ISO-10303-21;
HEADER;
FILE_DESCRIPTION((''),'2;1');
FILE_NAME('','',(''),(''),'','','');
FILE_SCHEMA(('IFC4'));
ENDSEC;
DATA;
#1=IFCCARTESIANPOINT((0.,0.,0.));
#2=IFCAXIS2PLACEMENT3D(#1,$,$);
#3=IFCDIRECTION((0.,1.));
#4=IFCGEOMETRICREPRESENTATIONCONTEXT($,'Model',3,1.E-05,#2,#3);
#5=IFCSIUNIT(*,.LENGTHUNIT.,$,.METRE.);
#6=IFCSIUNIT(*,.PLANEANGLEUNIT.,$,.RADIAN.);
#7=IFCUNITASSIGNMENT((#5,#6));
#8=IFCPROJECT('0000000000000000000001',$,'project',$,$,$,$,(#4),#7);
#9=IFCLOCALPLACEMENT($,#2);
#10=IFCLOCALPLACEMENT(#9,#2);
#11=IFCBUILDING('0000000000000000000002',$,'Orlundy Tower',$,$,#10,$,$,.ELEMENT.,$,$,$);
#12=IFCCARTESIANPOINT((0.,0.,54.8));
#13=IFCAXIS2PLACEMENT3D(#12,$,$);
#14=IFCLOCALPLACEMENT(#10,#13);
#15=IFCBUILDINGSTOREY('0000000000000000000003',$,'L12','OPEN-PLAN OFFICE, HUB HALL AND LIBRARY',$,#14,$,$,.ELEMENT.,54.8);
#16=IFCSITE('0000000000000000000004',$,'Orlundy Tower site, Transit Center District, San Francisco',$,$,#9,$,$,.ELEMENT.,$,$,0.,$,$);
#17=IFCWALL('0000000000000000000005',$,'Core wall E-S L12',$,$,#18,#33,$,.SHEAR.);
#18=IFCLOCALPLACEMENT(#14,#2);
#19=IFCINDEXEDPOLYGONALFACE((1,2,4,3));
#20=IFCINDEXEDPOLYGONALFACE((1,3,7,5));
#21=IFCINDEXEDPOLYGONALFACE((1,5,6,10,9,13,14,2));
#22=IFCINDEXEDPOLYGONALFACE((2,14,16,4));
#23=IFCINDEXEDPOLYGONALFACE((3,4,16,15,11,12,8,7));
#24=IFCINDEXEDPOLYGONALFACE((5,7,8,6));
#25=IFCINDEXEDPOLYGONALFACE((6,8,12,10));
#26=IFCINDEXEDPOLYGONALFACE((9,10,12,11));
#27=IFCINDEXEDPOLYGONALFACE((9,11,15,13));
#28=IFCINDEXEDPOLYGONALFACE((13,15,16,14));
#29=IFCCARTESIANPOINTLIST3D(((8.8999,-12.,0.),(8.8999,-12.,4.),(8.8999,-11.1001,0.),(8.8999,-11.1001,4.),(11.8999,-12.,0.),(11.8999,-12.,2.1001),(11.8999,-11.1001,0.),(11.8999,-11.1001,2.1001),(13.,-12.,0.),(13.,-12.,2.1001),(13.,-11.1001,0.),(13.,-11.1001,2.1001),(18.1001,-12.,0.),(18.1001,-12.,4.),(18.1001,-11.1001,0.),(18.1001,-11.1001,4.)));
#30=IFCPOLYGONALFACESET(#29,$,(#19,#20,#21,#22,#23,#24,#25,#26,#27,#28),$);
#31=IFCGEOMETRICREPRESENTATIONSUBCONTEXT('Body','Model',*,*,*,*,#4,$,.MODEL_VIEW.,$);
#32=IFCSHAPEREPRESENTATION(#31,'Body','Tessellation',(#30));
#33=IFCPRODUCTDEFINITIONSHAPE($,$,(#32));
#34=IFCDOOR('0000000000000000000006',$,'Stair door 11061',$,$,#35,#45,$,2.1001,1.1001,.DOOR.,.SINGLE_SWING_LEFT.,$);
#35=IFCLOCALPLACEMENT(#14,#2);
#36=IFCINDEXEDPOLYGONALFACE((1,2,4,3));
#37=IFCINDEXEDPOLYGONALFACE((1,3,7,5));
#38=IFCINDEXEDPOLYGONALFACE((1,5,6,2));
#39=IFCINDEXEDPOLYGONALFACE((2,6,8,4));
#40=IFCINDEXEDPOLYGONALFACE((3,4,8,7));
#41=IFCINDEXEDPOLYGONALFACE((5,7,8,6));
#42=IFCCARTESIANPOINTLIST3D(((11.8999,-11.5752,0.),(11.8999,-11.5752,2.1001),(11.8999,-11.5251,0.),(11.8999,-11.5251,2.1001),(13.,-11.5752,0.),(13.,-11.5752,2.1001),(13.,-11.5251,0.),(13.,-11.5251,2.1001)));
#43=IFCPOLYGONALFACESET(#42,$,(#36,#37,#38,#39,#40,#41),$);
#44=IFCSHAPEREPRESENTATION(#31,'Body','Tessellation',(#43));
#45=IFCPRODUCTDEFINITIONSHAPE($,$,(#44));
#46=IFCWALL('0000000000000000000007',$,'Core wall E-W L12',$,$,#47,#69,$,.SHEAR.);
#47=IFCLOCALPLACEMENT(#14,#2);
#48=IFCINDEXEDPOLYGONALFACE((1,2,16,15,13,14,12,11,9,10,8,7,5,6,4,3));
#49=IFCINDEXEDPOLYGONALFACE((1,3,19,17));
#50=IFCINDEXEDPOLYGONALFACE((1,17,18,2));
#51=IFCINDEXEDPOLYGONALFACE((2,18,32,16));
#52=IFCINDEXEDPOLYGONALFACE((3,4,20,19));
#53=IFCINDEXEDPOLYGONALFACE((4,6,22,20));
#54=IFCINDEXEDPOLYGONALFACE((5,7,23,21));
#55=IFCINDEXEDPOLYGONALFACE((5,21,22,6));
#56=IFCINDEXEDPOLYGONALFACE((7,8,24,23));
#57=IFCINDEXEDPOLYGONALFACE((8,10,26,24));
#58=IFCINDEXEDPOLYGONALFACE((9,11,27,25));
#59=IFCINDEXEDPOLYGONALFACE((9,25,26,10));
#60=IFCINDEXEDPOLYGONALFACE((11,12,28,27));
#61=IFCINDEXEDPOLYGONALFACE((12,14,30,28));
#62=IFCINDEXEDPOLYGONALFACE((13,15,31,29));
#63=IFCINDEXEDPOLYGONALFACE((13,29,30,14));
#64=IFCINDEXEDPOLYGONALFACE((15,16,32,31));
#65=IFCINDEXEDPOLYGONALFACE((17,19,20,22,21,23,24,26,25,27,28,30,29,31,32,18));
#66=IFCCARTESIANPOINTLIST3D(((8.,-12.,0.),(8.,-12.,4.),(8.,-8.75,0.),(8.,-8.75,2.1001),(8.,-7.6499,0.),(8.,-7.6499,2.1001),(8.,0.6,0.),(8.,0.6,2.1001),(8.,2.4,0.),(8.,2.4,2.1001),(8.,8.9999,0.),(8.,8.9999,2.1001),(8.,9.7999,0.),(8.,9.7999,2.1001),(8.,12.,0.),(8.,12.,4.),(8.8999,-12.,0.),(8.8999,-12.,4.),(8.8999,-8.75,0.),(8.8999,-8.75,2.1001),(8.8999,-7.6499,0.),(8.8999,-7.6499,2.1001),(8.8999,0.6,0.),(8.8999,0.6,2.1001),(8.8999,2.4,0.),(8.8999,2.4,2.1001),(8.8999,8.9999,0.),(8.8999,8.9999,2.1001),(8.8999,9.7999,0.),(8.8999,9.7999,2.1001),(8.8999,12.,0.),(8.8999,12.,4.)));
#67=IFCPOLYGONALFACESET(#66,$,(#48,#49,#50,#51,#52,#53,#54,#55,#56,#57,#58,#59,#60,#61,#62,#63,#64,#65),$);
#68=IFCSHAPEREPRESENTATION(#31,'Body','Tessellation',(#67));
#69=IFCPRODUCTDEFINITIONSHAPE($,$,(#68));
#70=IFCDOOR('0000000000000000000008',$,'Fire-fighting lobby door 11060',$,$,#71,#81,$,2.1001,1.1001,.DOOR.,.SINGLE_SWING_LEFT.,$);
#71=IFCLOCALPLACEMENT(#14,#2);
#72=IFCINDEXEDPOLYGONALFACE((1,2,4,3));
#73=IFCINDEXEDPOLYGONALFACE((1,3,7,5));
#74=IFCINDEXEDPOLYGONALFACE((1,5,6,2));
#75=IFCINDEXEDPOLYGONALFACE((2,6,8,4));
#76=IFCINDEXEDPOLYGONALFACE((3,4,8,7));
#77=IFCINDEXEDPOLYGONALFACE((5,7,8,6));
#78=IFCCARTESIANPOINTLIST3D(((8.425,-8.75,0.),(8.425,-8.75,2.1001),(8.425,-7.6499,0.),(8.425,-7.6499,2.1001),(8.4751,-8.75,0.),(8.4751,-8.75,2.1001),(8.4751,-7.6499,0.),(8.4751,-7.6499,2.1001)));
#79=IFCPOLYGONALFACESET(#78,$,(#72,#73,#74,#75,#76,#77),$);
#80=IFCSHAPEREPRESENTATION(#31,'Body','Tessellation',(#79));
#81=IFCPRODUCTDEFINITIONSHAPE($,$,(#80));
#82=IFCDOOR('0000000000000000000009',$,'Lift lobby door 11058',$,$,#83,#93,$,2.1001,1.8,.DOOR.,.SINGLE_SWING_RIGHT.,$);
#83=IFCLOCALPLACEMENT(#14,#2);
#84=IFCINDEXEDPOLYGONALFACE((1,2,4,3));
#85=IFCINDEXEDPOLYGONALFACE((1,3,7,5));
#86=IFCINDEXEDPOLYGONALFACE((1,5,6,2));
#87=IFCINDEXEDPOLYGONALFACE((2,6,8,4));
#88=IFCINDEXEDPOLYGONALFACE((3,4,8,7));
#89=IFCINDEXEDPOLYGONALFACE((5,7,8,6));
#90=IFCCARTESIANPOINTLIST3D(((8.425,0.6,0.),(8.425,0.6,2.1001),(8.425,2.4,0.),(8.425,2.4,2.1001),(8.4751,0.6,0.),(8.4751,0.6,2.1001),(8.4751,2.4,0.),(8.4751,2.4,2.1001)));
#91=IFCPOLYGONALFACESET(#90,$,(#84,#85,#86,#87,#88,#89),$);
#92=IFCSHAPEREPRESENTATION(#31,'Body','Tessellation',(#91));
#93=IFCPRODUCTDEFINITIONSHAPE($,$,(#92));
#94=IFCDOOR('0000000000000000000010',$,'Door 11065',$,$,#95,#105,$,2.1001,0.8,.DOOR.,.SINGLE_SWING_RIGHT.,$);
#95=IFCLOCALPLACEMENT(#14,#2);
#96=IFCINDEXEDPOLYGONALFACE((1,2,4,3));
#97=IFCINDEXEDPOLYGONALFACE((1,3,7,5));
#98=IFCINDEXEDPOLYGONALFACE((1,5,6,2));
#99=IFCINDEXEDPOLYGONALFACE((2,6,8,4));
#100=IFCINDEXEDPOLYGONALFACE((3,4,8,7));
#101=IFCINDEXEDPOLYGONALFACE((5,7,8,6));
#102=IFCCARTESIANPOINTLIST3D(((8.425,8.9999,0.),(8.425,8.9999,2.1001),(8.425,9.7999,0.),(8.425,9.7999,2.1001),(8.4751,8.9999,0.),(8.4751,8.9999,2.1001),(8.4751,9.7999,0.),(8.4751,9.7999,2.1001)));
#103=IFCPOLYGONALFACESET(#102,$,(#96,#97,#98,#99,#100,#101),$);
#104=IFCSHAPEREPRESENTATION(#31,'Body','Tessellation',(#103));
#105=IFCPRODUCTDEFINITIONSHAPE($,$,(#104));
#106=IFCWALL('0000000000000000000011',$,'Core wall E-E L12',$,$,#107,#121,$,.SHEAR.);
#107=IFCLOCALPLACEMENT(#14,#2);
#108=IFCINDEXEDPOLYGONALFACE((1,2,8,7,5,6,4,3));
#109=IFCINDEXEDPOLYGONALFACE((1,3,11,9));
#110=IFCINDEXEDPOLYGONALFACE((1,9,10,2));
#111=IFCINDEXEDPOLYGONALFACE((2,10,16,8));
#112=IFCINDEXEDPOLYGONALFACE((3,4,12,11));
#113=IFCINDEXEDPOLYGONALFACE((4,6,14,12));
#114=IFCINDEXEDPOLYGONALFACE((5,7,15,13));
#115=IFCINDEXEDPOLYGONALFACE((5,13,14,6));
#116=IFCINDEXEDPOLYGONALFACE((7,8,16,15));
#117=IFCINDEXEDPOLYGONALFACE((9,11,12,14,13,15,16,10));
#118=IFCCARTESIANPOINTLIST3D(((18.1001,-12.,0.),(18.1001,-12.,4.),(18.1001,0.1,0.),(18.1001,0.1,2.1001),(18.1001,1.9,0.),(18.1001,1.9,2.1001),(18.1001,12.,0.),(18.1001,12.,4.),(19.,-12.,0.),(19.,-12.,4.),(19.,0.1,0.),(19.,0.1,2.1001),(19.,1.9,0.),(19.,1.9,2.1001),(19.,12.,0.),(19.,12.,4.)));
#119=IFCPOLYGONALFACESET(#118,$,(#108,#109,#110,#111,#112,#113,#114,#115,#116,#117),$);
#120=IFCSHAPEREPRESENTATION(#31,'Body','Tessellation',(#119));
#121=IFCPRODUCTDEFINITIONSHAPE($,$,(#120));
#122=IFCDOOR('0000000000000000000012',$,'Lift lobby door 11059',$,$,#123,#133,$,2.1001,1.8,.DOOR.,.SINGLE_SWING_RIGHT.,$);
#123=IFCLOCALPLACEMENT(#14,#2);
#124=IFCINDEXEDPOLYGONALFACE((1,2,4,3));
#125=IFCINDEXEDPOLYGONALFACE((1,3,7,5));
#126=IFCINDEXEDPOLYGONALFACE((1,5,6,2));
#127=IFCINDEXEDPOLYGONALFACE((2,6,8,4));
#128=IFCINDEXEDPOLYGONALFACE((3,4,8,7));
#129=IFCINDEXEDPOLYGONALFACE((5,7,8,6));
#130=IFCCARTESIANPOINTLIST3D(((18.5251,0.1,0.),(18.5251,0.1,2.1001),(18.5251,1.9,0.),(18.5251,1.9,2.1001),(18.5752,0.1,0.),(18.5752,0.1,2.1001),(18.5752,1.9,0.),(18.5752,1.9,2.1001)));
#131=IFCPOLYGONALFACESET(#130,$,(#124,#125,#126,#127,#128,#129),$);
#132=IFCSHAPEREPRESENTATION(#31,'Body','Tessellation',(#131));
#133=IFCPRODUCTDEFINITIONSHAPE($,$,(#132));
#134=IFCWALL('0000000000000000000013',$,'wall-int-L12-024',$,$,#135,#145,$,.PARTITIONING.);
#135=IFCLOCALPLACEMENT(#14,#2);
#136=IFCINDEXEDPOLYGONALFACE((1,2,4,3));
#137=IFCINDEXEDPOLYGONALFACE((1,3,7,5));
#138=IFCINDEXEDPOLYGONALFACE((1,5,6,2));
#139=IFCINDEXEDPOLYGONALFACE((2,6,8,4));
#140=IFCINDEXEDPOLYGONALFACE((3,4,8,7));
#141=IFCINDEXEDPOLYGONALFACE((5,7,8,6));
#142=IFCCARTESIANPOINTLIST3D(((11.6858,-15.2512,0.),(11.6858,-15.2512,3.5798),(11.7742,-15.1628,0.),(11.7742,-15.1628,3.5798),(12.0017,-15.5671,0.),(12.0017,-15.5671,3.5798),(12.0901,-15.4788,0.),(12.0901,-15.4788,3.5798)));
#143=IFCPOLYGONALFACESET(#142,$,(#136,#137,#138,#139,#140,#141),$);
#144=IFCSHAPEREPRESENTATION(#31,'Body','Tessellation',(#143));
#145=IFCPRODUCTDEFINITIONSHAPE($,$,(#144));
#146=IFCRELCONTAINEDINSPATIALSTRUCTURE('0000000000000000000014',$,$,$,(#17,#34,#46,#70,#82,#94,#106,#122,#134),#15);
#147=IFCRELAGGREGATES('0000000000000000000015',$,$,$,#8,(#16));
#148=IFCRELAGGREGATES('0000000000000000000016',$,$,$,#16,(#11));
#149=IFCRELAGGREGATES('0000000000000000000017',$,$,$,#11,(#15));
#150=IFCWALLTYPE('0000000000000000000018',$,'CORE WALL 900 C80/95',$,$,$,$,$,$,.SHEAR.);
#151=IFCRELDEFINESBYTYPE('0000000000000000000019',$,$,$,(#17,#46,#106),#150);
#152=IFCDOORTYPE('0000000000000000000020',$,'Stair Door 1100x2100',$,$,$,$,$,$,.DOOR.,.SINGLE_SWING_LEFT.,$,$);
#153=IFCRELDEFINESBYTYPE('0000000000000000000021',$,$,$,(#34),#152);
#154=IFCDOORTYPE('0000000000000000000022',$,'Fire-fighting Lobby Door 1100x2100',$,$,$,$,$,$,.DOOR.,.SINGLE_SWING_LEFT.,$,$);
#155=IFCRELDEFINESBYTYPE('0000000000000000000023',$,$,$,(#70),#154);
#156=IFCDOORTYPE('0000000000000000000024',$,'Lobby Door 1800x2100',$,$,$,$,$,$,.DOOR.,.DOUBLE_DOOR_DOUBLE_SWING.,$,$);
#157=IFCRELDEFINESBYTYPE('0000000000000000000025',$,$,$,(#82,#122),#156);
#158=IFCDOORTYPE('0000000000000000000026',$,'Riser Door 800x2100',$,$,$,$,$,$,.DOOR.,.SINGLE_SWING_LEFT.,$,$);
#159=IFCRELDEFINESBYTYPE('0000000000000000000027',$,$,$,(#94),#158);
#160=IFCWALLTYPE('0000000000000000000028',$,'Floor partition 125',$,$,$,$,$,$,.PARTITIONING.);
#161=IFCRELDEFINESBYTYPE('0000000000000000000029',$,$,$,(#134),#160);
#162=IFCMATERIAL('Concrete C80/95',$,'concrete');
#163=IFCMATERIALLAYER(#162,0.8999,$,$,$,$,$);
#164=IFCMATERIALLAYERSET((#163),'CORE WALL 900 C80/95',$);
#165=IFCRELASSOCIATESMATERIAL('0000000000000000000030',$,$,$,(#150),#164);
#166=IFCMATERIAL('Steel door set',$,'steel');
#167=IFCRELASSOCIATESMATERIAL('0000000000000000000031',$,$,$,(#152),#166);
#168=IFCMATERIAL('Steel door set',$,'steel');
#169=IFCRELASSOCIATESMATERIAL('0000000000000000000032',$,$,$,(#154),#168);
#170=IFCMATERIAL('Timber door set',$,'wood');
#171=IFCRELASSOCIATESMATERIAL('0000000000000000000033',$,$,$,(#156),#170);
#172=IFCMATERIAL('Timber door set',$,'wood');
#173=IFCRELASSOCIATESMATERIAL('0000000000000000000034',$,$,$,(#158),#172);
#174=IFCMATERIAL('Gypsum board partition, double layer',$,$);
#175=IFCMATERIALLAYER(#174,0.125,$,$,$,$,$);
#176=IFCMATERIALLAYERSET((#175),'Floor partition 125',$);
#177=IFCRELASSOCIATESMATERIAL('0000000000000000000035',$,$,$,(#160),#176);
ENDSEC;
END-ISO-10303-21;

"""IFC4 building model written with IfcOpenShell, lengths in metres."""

from ifc_helpers import new_model, si_unit, direction, frame, frame_2d, origin, place, context, subcontext, project, spatial, rectangle, extrude, material, layer, layer_set, type_object, element, fill, save


model = new_model("IFC4")

# Units and contexts
model_context = context("Model", 3, precision=1e-05, world=origin(), true_north=direction((0.0, 1.0)))
body_context = subcontext(model_context, "Body", "Model", "MODEL_VIEW")
ifc_project = project(units=[si_unit("LENGTHUNIT", "METRE"), si_unit("PLANEANGLEUNIT", "RADIAN")], contexts=[model_context])

# Site, building, storey
site_placement = place(None, origin())
site = spatial("IfcSite", under=ifc_project, at=site_placement, Name="Orlundy Tower site, Transit Center District, San Francisco", CompositionType="ELEMENT", RefElevation=0.0)
building_placement = place(site_placement, origin())
building = spatial("IfcBuilding", under=site, at=building_placement, Name="Orlundy Tower", CompositionType="ELEMENT")
storey_placement = place(building_placement, frame((0.0, 0.0, 54.8)))
storey = spatial("IfcBuildingStorey", under=building, at=storey_placement, Name="L12", Description="OPEN-PLAN OFFICE, HUB HALL AND LIBRARY", CompositionType="ELEMENT", Elevation=54.8)

# Wall, opening, door
ifc_material_1 = material(Name="Concrete C80/95", Category="concrete")
ifc_layer_1 = layer(ifc_material_1, 0.8999)
ifc_layer_set_1 = layer_set([ifc_layer_1], Name="CORE WALL 900 C80/95")
wall_type_1 = type_object("IfcWallType", Name="CORE WALL 900 C80/95", PredefinedType="SHEAR", material=ifc_layer_set_1)
wall_1_placement = place(storey_placement, frame((8.8999, -11.55, 0.0), z_axis=(0.0, 0.0, 1.0), x_axis=(1.0, 0.0, 0.0)))
wall_1 = element("IfcWall", 1, at=wall_1_placement, inside=storey, type_object=wall_type_1, Name="Core wall E-S L12", PredefinedType="SHEAR", context=body_context, shape_type="SweptSolid", body=[
    extrude(rectangle(XDim=9.2002, YDim=0.8999, at=frame_2d((4.6001, 0.0))), origin(), (0.0, 0.0, 1.0), 4.0),
])
opening_1_placement = place(wall_1_placement, frame((3.0, 0.0, 0.0)))
opening_1 = element("IfcOpeningElement", 2, at=opening_1_placement, cuts=wall_1, PredefinedType="OPENING", context=body_context, shape_type="SweptSolid", body=[
    extrude(rectangle(XDim=1.1001, YDim=2.1001, at=frame_2d((0.55, 1.05))), frame((0.0, 0.46, 0.0), z_axis=(0.0, -1.0, 0.0), x_axis=(1.0, 0.0, 0.0)), (0.0, 0.0, 1.0), 0.9199),
])
ifc_material_2 = material(Name="Steel door set", Category="steel")
door_type_1 = type_object("IfcDoorType", Name="Stair Door 1100x2100", OperationType="SINGLE_SWING_LEFT", PredefinedType="DOOR", material=ifc_material_2)
door_1_placement = place(opening_1_placement, origin())
door_1 = element("IfcDoor", 3, at=door_1_placement, inside=storey, type_object=door_type_1, Name="Stair door 11061", OperationType="SINGLE_SWING_LEFT", OverallHeight=2.1001, OverallWidth=1.1001, PredefinedType="DOOR", context=body_context, shape_type="SweptSolid", body=[
    extrude(rectangle(XDim=1.1001, YDim=2.1001, at=frame_2d((0.55, 1.05))), frame((0.0, 0.0249, 0.0), z_axis=(0.0, -1.0, 0.0), x_axis=(1.0, 0.0, 0.0)), (0.0, 0.0, 1.0), 0.05),
])
fill(opening_1, door_1)

# Wall, openings, doors
wall_2_placement = place(storey_placement, frame((8.45, -12.0, 0.0), z_axis=(0.0, 0.0, 1.0), x_axis=(0.0, 1.0, 0.0)))
wall_2 = element("IfcWall", 4, at=wall_2_placement, inside=storey, type_object=wall_type_1, Name="Core wall E-W L12", PredefinedType="SHEAR", context=body_context, shape_type="SweptSolid", body=[
    extrude(rectangle(XDim=24.0, YDim=0.8999, at=frame_2d((12.0, 0.0))), origin(), (0.0, 0.0, 1.0), 4.0),
])
opening_2_placement = place(wall_2_placement, frame((12.6001, 0.0, 0.0)))
opening_2 = element("IfcOpeningElement", 5, at=opening_2_placement, cuts=wall_2, PredefinedType="OPENING", context=body_context, shape_type="SweptSolid", body=[
    extrude(rectangle(XDim=1.8, YDim=2.1001, at=frame_2d((0.8999, 1.05))), frame((0.0, 0.46, 0.0), z_axis=(0.0, -1.0, 0.0), x_axis=(1.0, 0.0, 0.0)), (0.0, 0.0, 1.0), 0.9199),
])
opening_3_placement = place(wall_2_placement, frame((3.25, 0.0, 0.0)))
opening_3 = element("IfcOpeningElement", 6, at=opening_3_placement, cuts=wall_2, PredefinedType="OPENING", context=body_context, shape_type="SweptSolid", body=[
    extrude(rectangle(XDim=1.1001, YDim=2.1001, at=frame_2d((0.55, 1.05))), frame((0.0, 0.46, 0.0), z_axis=(0.0, -1.0, 0.0), x_axis=(1.0, 0.0, 0.0)), (0.0, 0.0, 1.0), 0.9199),
])
opening_4_placement = place(wall_2_placement, frame((21.0, 0.0, 0.0)))
opening_4 = element("IfcOpeningElement", 7, at=opening_4_placement, cuts=wall_2, PredefinedType="OPENING", context=body_context, shape_type="SweptSolid", body=[
    extrude(rectangle(XDim=0.8, YDim=2.1001, at=frame_2d((0.3999, 1.05))), frame((0.0, 0.46, 0.0), z_axis=(0.0, -1.0, 0.0), x_axis=(1.0, 0.0, 0.0)), (0.0, 0.0, 1.0), 0.9199),
])
ifc_material_3 = material(Name="Steel door set", Category="steel")
door_type_2 = type_object("IfcDoorType", Name="Fire-fighting Lobby Door 1100x2100", OperationType="SINGLE_SWING_LEFT", PredefinedType="DOOR", material=ifc_material_3)
door_2_placement = place(opening_3_placement, origin())
door_2 = element("IfcDoor", 8, at=door_2_placement, inside=storey, type_object=door_type_2, Name="Fire-fighting lobby door 11060", OperationType="SINGLE_SWING_LEFT", OverallHeight=2.1001, OverallWidth=1.1001, PredefinedType="DOOR", context=body_context, shape_type="SweptSolid", body=[
    extrude(rectangle(XDim=1.1001, YDim=2.1001, at=frame_2d((0.55, 1.05))), frame((0.0, 0.0249, 0.0), z_axis=(0.0, -1.0, 0.0), x_axis=(1.0, 0.0, 0.0)), (0.0, 0.0, 1.0), 0.05),
])
fill(opening_3, door_2)
ifc_material_4 = material(Name="Timber door set", Category="wood")
door_type_3 = type_object("IfcDoorType", Name="Lobby Door 1800x2100", OperationType="DOUBLE_DOOR_DOUBLE_SWING", PredefinedType="DOOR", material=ifc_material_4)
door_3_placement = place(opening_2_placement, origin())
door_3 = element("IfcDoor", 9, at=door_3_placement, inside=storey, type_object=door_type_3, Name="Lift lobby door 11058", OperationType="SINGLE_SWING_RIGHT", OverallHeight=2.1001, OverallWidth=1.8, PredefinedType="DOOR", context=body_context, shape_type="SweptSolid", body=[
    extrude(rectangle(XDim=1.8, YDim=2.1001, at=frame_2d((0.8999, 1.05))), frame((0.0, 0.0249, 0.0), z_axis=(0.0, -1.0, 0.0), x_axis=(1.0, 0.0, 0.0)), (0.0, 0.0, 1.0), 0.05),
])
fill(opening_2, door_3)
ifc_material_5 = material(Name="Timber door set", Category="wood")
door_type_4 = type_object("IfcDoorType", Name="Riser Door 800x2100", OperationType="SINGLE_SWING_LEFT", PredefinedType="DOOR", material=ifc_material_5)
door_4_placement = place(opening_4_placement, origin())
door_4 = element("IfcDoor", 10, at=door_4_placement, inside=storey, type_object=door_type_4, Name="Door 11065", OperationType="SINGLE_SWING_RIGHT", OverallHeight=2.1001, OverallWidth=0.8, PredefinedType="DOOR", context=body_context, shape_type="SweptSolid", body=[
    extrude(rectangle(XDim=0.8, YDim=2.1001, at=frame_2d((0.3999, 1.05))), frame((0.0, 0.0249, 0.0), z_axis=(0.0, -1.0, 0.0), x_axis=(1.0, 0.0, 0.0)), (0.0, 0.0, 1.0), 0.05),
])
fill(opening_4, door_4)

# Wall, opening, door
wall_3_placement = place(storey_placement, frame((18.55, -12.0, 0.0), z_axis=(0.0, 0.0, 1.0), x_axis=(0.0, 1.0, 0.0)))
wall_3 = element("IfcWall", 11, at=wall_3_placement, inside=storey, type_object=wall_type_1, Name="Core wall E-E L12", PredefinedType="SHEAR", context=body_context, shape_type="SweptSolid", body=[
    extrude(rectangle(XDim=24.0, YDim=0.8999, at=frame_2d((12.0, 0.0))), origin(), (0.0, 0.0, 1.0), 4.0),
])
opening_5_placement = place(wall_3_placement, frame((12.1001, 0.0, 0.0)))
opening_5 = element("IfcOpeningElement", 12, at=opening_5_placement, cuts=wall_3, PredefinedType="OPENING", context=body_context, shape_type="SweptSolid", body=[
    extrude(rectangle(XDim=1.8, YDim=2.1001, at=frame_2d((0.8999, 1.05))), frame((0.0, 0.46, 0.0), z_axis=(0.0, -1.0, 0.0), x_axis=(1.0, 0.0, 0.0)), (0.0, 0.0, 1.0), 0.9199),
])
door_5_placement = place(opening_5_placement, origin())
door_5 = element("IfcDoor", 13, at=door_5_placement, inside=storey, type_object=door_type_3, Name="Lift lobby door 11059", OperationType="SINGLE_SWING_RIGHT", OverallHeight=2.1001, OverallWidth=1.8, PredefinedType="DOOR", context=body_context, shape_type="SweptSolid", body=[
    extrude(rectangle(XDim=1.8, YDim=2.1001, at=frame_2d((0.8999, 1.05))), frame((0.0, 0.0249, 0.0), z_axis=(0.0, -1.0, 0.0), x_axis=(1.0, 0.0, 0.0)), (0.0, 0.0, 1.0), 0.05),
])
fill(opening_5, door_5)

# Wall
ifc_material_6 = material(Name="Gypsum board partition, double layer")
ifc_layer_2 = layer(ifc_material_6, 0.125)
ifc_layer_set_2 = layer_set([ifc_layer_2], Name="Floor partition 125")
wall_type_2 = type_object("IfcWallType", Name="Floor partition 125", PredefinedType="PARTITIONING", material=ifc_layer_set_2)
wall_4_placement = place(storey_placement, frame((11.73, -15.207, 0.0), z_axis=(0.0, 0.0, 1.0), x_axis=(0.707107, -0.707107, 0.0)))
element("IfcWall", 14, at=wall_4_placement, inside=storey, type_object=wall_type_2, Name="wall-int-L12-024", PredefinedType="PARTITIONING", context=body_context, shape_type="SweptSolid", body=[
    extrude(rectangle(XDim=0.4468, YDim=0.125, at=frame_2d((0.2234, 0.0))), origin(), (0.0, 0.0, 1.0), 3.5798),
])

save(model, "model.ifc")
